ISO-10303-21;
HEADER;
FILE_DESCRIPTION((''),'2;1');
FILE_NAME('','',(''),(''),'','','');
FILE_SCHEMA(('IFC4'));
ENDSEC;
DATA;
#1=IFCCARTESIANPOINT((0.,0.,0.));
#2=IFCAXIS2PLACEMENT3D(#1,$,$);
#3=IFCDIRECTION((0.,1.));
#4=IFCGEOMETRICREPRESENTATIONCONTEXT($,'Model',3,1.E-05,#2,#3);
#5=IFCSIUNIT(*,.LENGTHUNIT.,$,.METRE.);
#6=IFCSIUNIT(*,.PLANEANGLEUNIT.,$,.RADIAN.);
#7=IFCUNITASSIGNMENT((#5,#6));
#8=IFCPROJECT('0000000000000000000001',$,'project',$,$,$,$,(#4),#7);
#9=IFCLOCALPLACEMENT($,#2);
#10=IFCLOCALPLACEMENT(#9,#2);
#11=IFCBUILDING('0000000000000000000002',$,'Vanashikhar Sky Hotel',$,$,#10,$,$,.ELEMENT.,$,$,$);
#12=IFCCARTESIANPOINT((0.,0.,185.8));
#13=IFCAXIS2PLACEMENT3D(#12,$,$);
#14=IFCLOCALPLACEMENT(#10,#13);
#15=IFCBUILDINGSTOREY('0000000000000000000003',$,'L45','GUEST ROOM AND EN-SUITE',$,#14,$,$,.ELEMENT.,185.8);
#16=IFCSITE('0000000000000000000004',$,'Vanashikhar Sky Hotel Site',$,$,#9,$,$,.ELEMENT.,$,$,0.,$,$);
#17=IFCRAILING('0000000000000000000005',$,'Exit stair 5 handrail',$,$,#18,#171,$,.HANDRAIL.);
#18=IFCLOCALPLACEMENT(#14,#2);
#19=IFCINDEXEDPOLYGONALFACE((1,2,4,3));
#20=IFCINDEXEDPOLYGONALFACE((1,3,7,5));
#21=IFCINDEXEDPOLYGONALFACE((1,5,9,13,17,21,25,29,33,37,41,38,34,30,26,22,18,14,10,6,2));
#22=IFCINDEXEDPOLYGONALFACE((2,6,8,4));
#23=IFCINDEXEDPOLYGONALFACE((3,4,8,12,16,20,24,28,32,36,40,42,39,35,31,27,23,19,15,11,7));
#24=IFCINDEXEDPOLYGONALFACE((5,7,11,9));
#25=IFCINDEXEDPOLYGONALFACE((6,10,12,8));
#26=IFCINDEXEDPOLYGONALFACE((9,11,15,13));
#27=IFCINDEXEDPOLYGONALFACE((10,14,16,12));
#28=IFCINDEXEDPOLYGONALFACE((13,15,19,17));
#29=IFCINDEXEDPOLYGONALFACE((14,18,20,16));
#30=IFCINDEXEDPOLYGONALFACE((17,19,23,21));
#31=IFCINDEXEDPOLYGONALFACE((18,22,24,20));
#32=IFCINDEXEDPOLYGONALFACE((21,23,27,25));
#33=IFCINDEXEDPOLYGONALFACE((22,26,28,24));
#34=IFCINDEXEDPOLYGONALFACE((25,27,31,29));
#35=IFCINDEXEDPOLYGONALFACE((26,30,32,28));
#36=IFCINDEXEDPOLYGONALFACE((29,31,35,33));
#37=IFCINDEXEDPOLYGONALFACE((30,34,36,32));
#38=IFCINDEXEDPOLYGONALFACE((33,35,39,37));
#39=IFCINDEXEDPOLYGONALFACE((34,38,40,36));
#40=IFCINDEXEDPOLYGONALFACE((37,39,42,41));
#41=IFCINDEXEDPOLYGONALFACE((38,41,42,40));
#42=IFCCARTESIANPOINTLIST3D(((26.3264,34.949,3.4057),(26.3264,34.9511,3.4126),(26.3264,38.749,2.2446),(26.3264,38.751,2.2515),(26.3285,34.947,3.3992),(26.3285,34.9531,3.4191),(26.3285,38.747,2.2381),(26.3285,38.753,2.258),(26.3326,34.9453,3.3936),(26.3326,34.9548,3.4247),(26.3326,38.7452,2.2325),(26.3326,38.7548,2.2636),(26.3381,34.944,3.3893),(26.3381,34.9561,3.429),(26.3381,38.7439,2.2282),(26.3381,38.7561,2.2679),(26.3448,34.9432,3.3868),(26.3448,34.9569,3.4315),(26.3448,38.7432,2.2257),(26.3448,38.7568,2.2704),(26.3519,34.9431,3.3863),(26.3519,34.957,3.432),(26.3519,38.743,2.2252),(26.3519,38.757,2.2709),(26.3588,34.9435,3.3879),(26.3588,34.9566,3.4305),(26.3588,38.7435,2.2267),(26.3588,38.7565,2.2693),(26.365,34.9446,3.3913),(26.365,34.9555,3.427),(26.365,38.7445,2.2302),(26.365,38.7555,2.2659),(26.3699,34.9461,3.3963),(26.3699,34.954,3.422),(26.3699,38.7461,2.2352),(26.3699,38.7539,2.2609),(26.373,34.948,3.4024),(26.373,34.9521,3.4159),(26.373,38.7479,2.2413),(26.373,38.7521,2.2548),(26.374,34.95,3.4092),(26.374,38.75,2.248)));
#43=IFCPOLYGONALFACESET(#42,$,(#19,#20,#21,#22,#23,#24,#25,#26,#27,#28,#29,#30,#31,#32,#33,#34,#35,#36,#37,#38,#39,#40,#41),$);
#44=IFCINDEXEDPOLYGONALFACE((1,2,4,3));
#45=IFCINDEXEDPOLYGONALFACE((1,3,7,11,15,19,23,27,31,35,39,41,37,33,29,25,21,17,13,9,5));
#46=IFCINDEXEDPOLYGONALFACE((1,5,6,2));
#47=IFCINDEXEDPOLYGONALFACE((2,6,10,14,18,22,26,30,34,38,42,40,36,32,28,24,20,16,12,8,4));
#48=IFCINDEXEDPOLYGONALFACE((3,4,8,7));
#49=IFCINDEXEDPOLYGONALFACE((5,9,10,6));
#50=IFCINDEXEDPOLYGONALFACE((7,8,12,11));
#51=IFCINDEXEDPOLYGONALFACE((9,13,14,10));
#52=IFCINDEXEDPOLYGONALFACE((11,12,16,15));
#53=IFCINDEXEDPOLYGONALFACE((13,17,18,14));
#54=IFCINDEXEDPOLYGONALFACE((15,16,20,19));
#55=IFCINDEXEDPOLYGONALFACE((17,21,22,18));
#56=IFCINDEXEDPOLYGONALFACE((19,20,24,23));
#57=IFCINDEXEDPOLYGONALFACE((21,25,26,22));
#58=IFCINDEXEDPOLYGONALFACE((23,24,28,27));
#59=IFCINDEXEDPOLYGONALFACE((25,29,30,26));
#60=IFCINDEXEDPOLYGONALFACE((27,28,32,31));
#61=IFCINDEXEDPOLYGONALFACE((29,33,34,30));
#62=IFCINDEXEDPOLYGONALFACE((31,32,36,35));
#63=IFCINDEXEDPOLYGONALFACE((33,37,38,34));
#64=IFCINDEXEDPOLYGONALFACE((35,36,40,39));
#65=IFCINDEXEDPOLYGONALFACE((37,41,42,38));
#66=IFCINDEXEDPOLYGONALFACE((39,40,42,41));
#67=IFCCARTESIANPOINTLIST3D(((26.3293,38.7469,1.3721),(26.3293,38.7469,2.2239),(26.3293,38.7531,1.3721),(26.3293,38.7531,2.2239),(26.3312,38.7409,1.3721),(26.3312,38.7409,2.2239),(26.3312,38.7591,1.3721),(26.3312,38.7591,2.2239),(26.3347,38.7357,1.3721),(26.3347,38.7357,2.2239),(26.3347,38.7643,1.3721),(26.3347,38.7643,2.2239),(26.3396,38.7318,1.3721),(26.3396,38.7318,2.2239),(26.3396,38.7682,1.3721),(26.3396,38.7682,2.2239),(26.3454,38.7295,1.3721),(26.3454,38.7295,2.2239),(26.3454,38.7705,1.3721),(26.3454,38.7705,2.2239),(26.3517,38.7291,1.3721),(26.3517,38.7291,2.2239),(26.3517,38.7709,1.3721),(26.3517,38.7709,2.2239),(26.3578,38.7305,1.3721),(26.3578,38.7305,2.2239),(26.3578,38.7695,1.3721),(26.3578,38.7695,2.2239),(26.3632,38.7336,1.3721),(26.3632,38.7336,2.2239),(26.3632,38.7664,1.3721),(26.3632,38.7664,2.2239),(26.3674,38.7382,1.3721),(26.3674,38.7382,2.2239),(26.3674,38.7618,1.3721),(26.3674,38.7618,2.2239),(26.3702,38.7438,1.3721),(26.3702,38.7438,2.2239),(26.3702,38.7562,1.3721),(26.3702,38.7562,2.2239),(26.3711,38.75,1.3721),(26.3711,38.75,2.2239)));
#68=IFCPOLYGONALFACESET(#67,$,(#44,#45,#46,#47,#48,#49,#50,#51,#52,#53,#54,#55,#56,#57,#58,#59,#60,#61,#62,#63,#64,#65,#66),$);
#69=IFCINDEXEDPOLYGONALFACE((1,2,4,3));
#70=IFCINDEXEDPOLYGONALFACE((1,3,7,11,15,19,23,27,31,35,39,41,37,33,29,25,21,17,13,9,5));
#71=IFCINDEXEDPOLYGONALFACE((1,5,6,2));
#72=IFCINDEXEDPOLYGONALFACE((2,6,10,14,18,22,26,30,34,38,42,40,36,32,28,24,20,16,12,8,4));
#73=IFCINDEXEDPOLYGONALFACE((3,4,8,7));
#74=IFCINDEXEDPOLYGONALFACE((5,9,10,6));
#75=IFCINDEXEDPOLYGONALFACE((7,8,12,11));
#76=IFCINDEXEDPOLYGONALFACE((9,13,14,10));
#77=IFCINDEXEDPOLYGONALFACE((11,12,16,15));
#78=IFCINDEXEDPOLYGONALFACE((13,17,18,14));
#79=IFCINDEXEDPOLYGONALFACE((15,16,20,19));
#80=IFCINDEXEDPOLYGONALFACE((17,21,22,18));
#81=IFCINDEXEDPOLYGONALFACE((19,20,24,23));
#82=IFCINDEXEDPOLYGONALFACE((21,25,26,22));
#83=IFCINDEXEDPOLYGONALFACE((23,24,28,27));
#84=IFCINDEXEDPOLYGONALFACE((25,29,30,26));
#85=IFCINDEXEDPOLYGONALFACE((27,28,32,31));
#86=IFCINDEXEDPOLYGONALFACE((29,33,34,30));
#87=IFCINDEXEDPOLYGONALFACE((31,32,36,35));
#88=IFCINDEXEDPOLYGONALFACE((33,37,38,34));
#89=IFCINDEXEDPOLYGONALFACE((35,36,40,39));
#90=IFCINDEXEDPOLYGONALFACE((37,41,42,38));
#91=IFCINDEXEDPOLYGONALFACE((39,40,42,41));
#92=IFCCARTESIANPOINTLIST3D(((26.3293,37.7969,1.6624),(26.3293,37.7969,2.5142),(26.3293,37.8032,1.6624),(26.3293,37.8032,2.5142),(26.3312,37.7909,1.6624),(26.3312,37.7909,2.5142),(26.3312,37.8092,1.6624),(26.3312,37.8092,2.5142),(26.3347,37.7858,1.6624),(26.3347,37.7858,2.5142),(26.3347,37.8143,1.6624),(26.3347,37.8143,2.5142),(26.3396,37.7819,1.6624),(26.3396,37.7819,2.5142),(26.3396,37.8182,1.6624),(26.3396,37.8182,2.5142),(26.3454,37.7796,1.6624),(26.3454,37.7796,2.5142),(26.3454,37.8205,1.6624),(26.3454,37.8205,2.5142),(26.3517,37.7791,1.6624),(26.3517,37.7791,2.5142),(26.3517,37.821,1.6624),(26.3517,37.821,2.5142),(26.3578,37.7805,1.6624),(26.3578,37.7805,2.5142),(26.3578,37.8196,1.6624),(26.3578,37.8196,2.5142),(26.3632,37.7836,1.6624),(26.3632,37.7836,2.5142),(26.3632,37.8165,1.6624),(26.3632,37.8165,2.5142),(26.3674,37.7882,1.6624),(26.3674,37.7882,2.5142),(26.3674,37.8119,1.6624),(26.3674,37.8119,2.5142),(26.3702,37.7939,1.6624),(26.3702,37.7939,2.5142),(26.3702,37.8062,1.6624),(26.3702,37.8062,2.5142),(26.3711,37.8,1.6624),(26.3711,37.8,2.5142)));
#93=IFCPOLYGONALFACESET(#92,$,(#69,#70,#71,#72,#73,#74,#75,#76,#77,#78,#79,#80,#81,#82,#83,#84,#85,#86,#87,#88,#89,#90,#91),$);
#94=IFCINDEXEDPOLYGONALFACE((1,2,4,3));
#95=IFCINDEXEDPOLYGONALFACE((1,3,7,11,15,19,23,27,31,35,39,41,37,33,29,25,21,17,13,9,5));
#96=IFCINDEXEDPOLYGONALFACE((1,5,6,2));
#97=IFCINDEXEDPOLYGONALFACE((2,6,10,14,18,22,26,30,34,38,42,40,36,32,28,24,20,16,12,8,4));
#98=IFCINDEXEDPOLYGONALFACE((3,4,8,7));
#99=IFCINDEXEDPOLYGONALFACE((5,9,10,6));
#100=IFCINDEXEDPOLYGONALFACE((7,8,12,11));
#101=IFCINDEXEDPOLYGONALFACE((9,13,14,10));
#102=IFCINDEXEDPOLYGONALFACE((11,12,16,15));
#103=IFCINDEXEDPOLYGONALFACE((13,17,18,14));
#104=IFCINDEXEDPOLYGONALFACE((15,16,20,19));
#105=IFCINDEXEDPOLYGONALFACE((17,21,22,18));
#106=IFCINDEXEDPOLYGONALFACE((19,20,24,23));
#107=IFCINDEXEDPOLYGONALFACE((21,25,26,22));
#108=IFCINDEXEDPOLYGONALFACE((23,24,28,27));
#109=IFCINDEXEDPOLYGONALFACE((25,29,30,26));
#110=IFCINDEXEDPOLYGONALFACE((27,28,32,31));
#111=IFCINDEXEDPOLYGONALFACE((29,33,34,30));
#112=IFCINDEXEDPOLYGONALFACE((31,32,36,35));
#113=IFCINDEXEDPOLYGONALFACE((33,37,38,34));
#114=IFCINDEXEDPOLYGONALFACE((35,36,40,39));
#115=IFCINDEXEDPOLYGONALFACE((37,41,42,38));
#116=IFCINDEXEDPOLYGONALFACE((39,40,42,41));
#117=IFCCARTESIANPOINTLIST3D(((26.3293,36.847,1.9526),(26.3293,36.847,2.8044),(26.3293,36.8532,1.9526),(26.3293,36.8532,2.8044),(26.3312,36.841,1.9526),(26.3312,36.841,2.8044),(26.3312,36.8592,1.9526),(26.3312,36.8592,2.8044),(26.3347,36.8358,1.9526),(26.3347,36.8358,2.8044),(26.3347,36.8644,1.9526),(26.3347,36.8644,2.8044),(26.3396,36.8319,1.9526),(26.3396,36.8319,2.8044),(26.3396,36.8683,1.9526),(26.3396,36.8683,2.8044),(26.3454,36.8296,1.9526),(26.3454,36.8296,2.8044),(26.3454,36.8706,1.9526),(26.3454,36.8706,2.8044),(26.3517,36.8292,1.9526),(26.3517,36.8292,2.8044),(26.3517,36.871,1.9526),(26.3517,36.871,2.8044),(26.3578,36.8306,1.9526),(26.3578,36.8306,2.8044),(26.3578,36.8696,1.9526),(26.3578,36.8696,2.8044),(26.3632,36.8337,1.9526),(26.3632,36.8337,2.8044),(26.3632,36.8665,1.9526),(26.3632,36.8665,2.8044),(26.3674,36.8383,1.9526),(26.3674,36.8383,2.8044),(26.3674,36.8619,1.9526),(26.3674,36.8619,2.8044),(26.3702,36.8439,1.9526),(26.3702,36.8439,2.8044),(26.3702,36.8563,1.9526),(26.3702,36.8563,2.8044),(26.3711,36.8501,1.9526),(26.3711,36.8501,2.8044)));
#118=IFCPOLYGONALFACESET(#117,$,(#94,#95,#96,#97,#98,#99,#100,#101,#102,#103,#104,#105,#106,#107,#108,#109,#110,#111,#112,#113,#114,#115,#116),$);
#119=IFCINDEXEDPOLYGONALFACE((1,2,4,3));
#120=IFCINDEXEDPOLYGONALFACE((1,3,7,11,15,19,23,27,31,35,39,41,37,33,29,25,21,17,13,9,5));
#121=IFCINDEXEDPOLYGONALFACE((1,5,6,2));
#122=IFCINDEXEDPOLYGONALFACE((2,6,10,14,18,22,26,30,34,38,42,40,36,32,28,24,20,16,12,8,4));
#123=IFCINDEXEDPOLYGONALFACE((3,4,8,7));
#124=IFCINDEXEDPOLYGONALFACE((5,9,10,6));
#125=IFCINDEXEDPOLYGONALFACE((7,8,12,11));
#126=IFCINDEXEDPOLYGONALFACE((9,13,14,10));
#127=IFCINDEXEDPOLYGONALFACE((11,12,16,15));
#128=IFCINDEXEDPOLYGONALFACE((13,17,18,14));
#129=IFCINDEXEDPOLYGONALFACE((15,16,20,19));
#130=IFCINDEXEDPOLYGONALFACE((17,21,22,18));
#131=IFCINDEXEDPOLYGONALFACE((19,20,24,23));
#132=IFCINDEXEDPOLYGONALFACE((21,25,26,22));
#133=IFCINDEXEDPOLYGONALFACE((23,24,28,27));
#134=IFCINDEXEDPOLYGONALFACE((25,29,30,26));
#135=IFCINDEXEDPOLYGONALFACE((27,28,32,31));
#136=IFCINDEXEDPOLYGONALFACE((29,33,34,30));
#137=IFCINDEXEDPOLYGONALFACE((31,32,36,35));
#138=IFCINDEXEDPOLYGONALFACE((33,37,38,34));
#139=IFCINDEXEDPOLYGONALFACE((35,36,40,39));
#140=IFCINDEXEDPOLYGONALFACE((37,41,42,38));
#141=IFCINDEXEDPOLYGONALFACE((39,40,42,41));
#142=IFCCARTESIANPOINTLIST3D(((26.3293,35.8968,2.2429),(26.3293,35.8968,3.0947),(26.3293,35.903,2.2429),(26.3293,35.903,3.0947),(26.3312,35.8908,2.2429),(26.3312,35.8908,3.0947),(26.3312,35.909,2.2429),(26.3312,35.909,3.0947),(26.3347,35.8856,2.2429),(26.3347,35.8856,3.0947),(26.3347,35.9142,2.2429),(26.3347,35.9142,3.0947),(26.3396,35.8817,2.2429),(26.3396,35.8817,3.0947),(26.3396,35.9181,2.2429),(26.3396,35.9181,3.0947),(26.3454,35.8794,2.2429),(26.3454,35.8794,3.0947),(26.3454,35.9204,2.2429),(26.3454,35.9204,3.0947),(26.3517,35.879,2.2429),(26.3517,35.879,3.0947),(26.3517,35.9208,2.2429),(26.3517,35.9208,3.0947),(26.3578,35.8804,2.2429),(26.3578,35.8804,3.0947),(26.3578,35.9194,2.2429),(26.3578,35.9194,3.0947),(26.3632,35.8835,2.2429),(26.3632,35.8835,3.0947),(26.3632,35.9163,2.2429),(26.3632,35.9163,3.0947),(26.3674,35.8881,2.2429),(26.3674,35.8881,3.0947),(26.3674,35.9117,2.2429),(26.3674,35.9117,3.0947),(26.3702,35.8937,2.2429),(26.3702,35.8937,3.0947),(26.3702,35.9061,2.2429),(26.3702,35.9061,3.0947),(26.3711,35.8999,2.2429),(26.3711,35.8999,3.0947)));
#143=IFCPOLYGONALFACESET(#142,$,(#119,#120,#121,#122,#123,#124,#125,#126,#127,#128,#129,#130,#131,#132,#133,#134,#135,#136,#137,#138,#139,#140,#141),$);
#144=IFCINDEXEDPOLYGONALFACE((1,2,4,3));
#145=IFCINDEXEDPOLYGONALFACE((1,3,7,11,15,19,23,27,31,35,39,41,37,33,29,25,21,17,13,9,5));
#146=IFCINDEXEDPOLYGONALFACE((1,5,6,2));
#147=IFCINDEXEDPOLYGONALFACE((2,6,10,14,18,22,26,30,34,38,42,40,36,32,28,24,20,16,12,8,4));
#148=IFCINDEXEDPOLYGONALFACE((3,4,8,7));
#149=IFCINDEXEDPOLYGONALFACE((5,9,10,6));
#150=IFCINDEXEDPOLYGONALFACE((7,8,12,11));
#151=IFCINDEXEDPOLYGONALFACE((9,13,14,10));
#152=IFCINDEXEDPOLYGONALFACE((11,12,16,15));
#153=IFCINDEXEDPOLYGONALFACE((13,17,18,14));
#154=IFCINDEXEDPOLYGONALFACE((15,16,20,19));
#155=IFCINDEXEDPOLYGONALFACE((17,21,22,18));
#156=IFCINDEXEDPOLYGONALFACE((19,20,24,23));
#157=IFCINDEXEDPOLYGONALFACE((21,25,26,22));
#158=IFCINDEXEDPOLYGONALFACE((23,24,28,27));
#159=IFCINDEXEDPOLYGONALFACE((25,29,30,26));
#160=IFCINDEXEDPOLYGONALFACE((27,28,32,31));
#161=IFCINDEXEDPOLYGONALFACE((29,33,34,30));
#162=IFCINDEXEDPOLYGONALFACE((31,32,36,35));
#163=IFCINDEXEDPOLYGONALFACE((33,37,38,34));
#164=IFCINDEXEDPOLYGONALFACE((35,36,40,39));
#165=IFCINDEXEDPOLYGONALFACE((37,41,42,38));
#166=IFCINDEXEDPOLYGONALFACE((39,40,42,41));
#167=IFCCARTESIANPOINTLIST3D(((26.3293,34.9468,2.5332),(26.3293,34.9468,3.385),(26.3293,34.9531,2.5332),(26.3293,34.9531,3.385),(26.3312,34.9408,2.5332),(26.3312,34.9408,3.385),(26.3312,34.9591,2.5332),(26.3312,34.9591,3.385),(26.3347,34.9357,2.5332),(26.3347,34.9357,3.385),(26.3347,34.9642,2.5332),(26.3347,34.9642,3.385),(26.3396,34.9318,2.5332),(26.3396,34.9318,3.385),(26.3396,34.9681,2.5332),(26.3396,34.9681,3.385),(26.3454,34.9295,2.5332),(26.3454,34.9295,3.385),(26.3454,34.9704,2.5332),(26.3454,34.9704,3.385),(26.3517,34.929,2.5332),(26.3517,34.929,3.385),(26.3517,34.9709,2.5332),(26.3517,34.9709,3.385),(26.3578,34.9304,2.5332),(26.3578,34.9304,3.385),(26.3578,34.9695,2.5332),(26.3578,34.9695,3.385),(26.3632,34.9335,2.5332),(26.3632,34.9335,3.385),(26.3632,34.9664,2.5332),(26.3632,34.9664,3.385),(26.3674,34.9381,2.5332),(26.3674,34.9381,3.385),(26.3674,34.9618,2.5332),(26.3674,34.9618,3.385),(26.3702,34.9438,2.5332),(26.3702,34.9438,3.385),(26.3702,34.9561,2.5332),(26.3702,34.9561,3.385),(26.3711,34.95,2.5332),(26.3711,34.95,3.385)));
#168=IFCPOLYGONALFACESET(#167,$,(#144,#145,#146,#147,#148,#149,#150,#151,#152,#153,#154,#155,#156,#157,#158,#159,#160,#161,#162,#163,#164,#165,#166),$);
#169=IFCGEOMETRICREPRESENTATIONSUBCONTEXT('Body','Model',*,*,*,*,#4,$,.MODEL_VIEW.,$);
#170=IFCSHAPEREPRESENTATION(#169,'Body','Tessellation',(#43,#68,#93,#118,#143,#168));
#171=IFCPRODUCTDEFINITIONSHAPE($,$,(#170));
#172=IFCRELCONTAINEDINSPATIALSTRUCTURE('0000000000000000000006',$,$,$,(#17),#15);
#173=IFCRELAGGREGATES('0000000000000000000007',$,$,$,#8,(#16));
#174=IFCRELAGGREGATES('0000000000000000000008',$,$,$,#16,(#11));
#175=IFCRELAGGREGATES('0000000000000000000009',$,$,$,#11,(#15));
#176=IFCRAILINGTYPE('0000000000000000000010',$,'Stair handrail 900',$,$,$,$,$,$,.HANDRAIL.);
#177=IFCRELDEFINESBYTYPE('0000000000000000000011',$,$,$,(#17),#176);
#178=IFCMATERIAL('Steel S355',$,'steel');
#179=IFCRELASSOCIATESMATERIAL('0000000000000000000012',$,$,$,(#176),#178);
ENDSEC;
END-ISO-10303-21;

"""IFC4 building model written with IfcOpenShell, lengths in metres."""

from ifc_helpers import new_model, si_unit, direction, frame, origin, origin_2d, place, context, subcontext, project, spatial, circle, extrude, source, transform, mapped, material, type_object, element, save


model = new_model("IFC4")

# Units and contexts
model_context = context("Model", 3, precision=1e-05, world=origin(), true_north=direction((0.0, 1.0)))
body_context = subcontext(model_context, "Body", "Model", "MODEL_VIEW")
ifc_project = project(units=[si_unit("LENGTHUNIT", "METRE"), si_unit("PLANEANGLEUNIT", "RADIAN")], contexts=[model_context])

# Site, building, storey
site_placement = place(None, origin())
site = spatial("IfcSite", under=ifc_project, at=site_placement, Name="Vanashikhar Sky Hotel Site", CompositionType="ELEMENT", RefElevation=0.0)
building_placement = place(site_placement, origin())
building = spatial("IfcBuilding", under=site, at=building_placement, Name="Vanashikhar Sky Hotel", CompositionType="ELEMENT")
storey_placement = place(building_placement, frame((0.0, 0.0, 185.8)))
storey = spatial("IfcBuildingStorey", under=building, at=storey_placement, Name="L45", Description="GUEST ROOM AND EN-SUITE", CompositionType="ELEMENT", Elevation=185.8)

# Railing
ifc_material_1 = material(Name="Steel S355", Category="steel")
railing_type_1 = type_object("IfcRailingType", Name="Stair handrail 900", PredefinedType="HANDRAIL", material=ifc_material_1)
shared_shape_1 = source(origin(), body_context, "Body", "SweptSolid", [
    extrude(circle(Radius=0.0239, at=origin_2d()), frame((0.0, 0.0, 0.876), z_axis=(0.0, -0.956351, 0.29222), x_axis=(1.0, 0.0, 0.0)), (0.0, 0.0, 1.0), 3.9734),
    extrude(circle(Radius=0.021, at=origin_2d()), origin(), (0.0, 0.0, 1.0), 0.8518),
    extrude(circle(Radius=0.021, at=origin_2d()), frame((0.0, -0.95, 0.2903)), (0.0, 0.0, 1.0), 0.8518),
    extrude(circle(Radius=0.021, at=origin_2d()), frame((0.0, -1.8999, 0.5806)), (0.0, 0.0, 1.0), 0.8518),
    extrude(circle(Radius=0.021, at=origin_2d()), frame((0.0, -2.8501, 0.8708)), (0.0, 0.0, 1.0), 0.8518),
    extrude(circle(Radius=0.021, at=origin_2d()), frame((0.0, -3.8, 1.1611)), (0.0, 0.0, 1.0), 0.8518),
])
railing_1_placement = place(storey_placement, frame((26.3501, 38.75, 1.3721)))
element("IfcRailing", 1, at=railing_1_placement, inside=storey, type_object=railing_type_1, Name="Exit stair 5 handrail", PredefinedType="HANDRAIL", context=body_context, shape_type="MappedRepresentation", body=[
    mapped(shared_shape_1, transform((0.0, 0.0, 0.0), scale=1.0)),
])

save(model, "model.ifc")
